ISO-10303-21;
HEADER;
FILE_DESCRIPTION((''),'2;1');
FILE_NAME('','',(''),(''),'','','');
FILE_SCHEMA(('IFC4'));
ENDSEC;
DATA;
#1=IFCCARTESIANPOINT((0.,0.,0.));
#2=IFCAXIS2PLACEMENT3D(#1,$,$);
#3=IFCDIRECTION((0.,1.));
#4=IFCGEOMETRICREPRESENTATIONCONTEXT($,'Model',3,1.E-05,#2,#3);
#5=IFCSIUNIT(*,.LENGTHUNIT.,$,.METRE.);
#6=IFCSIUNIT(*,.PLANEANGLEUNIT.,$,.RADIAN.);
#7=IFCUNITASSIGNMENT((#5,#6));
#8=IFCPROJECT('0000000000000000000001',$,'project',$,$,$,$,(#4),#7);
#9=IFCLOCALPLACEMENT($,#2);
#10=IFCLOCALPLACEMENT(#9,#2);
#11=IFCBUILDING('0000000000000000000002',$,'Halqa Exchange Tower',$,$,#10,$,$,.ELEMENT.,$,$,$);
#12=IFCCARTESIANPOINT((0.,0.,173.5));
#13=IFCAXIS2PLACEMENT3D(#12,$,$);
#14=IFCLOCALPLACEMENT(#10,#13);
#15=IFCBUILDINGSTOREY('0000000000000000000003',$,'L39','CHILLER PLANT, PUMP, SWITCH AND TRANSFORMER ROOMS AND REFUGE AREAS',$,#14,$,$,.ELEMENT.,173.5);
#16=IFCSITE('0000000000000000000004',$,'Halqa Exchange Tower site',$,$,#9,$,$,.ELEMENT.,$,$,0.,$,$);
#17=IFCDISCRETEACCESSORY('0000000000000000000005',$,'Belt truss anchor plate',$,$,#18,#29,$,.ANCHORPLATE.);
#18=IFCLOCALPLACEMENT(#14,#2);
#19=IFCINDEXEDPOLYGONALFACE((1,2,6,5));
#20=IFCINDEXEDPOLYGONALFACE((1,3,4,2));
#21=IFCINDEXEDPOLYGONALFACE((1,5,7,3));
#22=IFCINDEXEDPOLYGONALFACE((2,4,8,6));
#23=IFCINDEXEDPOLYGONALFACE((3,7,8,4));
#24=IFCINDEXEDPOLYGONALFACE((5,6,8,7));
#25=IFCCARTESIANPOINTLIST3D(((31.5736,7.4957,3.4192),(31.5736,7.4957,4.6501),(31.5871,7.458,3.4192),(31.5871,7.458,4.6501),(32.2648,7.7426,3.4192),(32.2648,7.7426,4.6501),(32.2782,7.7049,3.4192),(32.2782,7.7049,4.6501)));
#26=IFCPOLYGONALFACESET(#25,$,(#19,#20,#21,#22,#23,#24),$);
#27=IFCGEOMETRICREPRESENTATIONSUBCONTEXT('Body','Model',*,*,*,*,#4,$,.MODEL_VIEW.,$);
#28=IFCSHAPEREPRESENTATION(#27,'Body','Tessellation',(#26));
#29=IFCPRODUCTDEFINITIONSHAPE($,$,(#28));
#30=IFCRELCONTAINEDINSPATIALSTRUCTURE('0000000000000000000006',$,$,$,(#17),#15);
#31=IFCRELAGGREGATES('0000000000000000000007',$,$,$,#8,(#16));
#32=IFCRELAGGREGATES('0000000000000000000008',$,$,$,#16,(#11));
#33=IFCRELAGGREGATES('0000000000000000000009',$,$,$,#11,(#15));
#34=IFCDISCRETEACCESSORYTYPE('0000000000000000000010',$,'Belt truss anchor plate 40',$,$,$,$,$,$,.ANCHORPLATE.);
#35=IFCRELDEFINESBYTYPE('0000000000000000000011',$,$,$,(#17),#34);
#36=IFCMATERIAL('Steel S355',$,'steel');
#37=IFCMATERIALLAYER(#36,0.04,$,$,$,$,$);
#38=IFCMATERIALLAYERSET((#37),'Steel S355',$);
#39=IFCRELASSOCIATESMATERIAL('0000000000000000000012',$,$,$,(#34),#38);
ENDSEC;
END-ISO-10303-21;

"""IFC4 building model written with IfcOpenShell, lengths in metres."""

from ifc_helpers import new_model, si_unit, direction, frame, origin, origin_2d, place, context, subcontext, project, spatial, rectangle, extrude, material, layer, layer_set, type_object, element, save


model = new_model("IFC4")

# Units and contexts
model_context = context("Model", 3, precision=1e-05, world=origin(), true_north=direction((0.0, 1.0)))
body_context = subcontext(model_context, "Body", "Model", "MODEL_VIEW")
ifc_project = project(units=[si_unit("LENGTHUNIT", "METRE"), si_unit("PLANEANGLEUNIT", "RADIAN")], contexts=[model_context])

# Site, building, storey
site_placement = place(None, origin())
site = spatial("IfcSite", under=ifc_project, at=site_placement, Name="Halqa Exchange Tower site", CompositionType="ELEMENT", RefElevation=0.0)
building_placement = place(site_placement, origin())
building = spatial("IfcBuilding", under=site, at=building_placement, Name="Halqa Exchange Tower", CompositionType="ELEMENT")
storey_placement = place(building_placement, frame((0.0, 0.0, 173.5)))
storey = spatial("IfcBuildingStorey", under=building, at=storey_placement, Name="L39", Description="CHILLER PLANT, PUMP, SWITCH AND TRANSFORMER ROOMS AND REFUGE AREAS", CompositionType="ELEMENT", Elevation=173.5)

# Shared definitions
ifc_material_1 = material(Name="Steel S355", Category="steel")

# Discrete accessory
ifc_layer_1 = layer(ifc_material_1, 0.04)
ifc_layer_set_1 = layer_set([ifc_layer_1], Name="Steel S355")
discrete_accessory_type = type_object("IfcDiscreteAccessoryType", Name="Belt truss anchor plate 40", PredefinedType="ANCHORPLATE", material=ifc_layer_set_1)
discrete_accessory_1_placement = place(storey_placement, frame((31.9192, 7.6191, 4.0347), z_axis=(0.336336, -0.941742, 0.0), x_axis=(0.941742, 0.336336, 0.0)))
element("IfcDiscreteAccessory", 1, at=discrete_accessory_1_placement, inside=storey, type_object=discrete_accessory_type, Name="Belt truss anchor plate", PredefinedType="ANCHORPLATE", context=body_context, shape_type="SweptSolid", body=[
    extrude(rectangle(XDim=0.7339, YDim=1.231, at=origin_2d()), origin(), (0.0, 0.0, 1.0), 0.04),
])

save(model, "model.ifc")
